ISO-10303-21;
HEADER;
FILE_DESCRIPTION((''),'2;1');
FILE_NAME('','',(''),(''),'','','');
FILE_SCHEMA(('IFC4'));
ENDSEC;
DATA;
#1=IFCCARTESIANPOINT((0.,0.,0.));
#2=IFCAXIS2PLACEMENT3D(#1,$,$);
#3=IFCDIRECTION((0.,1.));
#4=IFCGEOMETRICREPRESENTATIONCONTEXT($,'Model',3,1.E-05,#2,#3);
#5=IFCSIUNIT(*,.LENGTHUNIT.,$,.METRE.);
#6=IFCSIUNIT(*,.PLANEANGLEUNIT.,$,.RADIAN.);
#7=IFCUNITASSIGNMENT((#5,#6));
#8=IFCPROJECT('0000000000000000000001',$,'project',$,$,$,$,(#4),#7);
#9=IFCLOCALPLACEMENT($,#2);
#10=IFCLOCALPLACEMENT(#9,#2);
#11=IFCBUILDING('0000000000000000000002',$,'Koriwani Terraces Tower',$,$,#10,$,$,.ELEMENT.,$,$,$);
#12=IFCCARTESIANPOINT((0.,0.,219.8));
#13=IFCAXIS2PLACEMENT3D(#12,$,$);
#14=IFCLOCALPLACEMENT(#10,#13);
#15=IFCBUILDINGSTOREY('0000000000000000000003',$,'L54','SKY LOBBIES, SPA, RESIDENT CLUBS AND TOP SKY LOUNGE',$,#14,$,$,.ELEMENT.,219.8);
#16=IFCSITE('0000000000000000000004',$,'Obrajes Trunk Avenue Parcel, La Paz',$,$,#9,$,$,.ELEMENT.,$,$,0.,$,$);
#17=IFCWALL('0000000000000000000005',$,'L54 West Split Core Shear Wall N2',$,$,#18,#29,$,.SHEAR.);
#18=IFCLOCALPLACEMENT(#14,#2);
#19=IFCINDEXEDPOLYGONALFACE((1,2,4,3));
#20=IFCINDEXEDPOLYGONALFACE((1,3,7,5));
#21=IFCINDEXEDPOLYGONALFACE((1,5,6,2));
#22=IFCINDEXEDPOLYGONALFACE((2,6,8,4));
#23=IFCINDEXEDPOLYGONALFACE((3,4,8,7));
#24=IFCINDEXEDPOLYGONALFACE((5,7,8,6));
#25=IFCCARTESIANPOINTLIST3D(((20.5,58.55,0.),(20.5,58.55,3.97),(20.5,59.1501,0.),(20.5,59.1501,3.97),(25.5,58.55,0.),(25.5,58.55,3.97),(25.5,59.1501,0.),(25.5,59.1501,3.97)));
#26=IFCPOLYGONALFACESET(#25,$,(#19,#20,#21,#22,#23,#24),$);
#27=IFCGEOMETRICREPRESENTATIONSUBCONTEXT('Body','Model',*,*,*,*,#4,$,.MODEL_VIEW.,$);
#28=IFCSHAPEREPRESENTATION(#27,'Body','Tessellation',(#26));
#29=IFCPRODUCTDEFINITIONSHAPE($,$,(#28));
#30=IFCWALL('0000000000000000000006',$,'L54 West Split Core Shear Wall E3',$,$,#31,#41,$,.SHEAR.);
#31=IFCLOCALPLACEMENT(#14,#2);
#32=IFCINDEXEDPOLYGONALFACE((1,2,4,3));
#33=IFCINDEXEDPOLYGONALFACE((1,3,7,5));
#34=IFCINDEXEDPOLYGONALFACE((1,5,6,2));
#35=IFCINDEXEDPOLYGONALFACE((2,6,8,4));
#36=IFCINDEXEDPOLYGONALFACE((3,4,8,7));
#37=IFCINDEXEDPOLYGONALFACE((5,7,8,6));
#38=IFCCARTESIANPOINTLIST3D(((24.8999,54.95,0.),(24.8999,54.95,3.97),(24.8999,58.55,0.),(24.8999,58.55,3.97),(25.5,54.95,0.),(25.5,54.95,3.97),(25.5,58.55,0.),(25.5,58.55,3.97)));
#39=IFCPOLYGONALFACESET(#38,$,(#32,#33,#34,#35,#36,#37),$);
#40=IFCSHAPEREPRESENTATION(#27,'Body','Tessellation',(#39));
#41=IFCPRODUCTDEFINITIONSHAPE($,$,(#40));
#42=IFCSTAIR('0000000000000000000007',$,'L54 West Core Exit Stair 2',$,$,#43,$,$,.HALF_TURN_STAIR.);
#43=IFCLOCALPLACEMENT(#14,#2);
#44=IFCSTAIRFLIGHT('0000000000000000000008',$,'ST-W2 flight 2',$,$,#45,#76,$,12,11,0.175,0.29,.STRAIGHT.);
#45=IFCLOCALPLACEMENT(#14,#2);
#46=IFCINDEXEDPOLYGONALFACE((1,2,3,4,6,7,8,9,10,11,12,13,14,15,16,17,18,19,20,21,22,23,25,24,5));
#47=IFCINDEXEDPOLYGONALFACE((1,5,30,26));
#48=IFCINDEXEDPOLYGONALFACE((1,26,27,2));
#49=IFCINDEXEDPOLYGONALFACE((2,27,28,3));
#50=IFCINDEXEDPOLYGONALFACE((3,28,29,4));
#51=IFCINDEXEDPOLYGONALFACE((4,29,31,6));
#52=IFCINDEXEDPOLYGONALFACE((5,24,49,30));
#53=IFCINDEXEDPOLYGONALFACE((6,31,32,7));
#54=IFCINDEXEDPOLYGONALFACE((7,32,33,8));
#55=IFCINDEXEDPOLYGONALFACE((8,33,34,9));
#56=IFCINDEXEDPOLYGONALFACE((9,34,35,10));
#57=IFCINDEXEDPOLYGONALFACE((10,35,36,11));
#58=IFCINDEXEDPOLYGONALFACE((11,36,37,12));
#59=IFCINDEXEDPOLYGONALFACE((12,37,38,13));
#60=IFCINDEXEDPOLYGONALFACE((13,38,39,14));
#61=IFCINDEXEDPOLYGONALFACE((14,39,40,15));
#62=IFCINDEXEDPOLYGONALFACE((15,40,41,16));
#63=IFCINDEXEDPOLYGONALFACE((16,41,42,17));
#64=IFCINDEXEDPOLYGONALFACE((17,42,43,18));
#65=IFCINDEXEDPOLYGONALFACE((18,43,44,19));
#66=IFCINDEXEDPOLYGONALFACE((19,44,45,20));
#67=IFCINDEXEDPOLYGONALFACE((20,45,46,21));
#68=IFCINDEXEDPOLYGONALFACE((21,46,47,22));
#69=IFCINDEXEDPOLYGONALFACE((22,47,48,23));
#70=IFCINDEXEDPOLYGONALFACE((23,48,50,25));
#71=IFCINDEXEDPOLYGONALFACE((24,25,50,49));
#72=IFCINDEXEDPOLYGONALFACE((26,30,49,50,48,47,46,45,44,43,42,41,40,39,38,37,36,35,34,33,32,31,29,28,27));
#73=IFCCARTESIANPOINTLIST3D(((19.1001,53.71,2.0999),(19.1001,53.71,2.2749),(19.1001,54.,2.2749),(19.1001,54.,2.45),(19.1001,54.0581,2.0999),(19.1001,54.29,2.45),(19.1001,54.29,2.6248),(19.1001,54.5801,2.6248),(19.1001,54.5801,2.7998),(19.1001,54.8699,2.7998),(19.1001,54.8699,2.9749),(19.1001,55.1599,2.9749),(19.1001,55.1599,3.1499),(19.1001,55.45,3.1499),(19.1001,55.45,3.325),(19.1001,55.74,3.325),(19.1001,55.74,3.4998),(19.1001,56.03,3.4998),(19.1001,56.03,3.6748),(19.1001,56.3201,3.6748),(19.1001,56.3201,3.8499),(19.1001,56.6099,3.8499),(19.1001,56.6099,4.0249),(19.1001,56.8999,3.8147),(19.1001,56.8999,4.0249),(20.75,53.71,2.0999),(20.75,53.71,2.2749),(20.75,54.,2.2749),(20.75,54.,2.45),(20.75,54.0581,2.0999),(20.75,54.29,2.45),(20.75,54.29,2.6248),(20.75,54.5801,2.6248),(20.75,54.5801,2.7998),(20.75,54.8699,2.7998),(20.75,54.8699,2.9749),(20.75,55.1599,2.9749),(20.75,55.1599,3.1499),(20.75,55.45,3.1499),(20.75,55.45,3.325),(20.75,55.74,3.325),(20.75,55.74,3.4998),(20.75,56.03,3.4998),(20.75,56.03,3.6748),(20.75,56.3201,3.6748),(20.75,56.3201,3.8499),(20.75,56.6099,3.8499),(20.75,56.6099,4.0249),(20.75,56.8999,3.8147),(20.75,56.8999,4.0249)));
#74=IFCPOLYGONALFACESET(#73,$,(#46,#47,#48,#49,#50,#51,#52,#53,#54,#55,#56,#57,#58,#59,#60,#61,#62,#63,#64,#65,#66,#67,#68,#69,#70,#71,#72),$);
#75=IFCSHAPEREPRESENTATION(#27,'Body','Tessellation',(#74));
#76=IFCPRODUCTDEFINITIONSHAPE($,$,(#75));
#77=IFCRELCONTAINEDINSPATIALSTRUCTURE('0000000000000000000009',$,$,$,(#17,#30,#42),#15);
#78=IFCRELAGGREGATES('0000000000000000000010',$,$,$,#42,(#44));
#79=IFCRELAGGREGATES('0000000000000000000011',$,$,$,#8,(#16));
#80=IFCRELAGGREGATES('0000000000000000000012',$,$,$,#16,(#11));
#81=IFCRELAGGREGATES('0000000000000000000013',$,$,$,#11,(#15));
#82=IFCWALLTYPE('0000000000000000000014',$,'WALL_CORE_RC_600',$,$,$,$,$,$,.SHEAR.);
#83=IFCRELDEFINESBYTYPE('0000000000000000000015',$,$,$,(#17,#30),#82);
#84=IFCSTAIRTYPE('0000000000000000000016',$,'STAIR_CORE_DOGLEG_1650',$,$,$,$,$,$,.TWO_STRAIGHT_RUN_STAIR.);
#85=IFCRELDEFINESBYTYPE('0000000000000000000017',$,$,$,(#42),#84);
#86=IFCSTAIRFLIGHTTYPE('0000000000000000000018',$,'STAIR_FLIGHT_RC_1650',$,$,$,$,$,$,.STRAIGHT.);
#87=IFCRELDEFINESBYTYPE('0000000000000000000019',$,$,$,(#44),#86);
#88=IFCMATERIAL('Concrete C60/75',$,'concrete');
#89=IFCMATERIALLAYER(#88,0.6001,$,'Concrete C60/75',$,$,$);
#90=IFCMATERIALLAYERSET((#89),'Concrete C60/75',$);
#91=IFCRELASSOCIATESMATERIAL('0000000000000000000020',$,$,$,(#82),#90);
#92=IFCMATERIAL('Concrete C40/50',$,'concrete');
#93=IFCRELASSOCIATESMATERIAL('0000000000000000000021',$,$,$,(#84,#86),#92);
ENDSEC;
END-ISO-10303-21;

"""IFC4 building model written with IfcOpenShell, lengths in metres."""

from ifc_helpers import new_model, si_unit, direction, frame, frame_2d, origin, place, context, subcontext, project, spatial, polyline, rectangle, outline, extrude, material, layer, layer_set, type_object, element, aggregate, save


model = new_model("IFC4")

# Units and contexts
model_context = context("Model", 3, precision=1e-05, world=origin(), true_north=direction((0.0, 1.0)))
body_context = subcontext(model_context, "Body", "Model", "MODEL_VIEW")
ifc_project = project(units=[si_unit("LENGTHUNIT", "METRE"), si_unit("PLANEANGLEUNIT", "RADIAN")], contexts=[model_context])

# Site, building, storey
site_placement = place(None, origin())
site = spatial("IfcSite", under=ifc_project, at=site_placement, Name="Obrajes Trunk Avenue Parcel, La Paz", CompositionType="ELEMENT", RefElevation=0.0)
building_placement = place(site_placement, origin())
building = spatial("IfcBuilding", under=site, at=building_placement, Name="Koriwani Terraces Tower", CompositionType="ELEMENT")
storey_placement = place(building_placement, frame((0.0, 0.0, 219.8)))
storey = spatial("IfcBuildingStorey", under=building, at=storey_placement, Name="L54", Description="SKY LOBBIES, SPA, RESIDENT CLUBS AND TOP SKY LOUNGE", CompositionType="ELEMENT", Elevation=219.8)

# Walls
ifc_material_1 = material(Name="Concrete C60/75", Category="concrete")
ifc_layer_1 = layer(ifc_material_1, 0.6001, Name="Concrete C60/75")
ifc_layer_set_1 = layer_set([ifc_layer_1], Name="Concrete C60/75")
wall_type_1 = type_object("IfcWallType", Name="WALL_CORE_RC_600", PredefinedType="SHEAR", material=ifc_layer_set_1)
wall_1_placement = place(storey_placement, frame((20.5, 58.8501, 0.0), z_axis=(0.0, 0.0, 1.0), x_axis=(1.0, 0.0, 0.0)))
element("IfcWall", 1, at=wall_1_placement, inside=storey, type_object=wall_type_1, Name="L54 West Split Core Shear Wall N2", PredefinedType="SHEAR", context=body_context, shape_type="SweptSolid", body=[
    extrude(rectangle(XDim=5.0, YDim=0.6001, at=frame_2d((2.5, 0.0))), origin(), (0.0, 0.0, 1.0), 3.97),
])
wall_2_placement = place(storey_placement, frame((25.2, 54.95, 0.0), z_axis=(0.0, 0.0, 1.0), x_axis=(0.0, 1.0, 0.0)))
element("IfcWall", 2, at=wall_2_placement, inside=storey, type_object=wall_type_1, Name="L54 West Split Core Shear Wall E3", PredefinedType="SHEAR", context=body_context, shape_type="SweptSolid", body=[
    extrude(rectangle(XDim=3.6001, YDim=0.6001, at=frame_2d((1.8, 0.0))), origin(), (0.0, 0.0, 1.0), 3.97),
])

# Shared definitions
ifc_material_2 = material(Name="Concrete C40/50", Category="concrete")

# Stair, stair flight
stair_type = type_object("IfcStairType", Name="STAIR_CORE_DOGLEG_1650", PredefinedType="TWO_STRAIGHT_RUN_STAIR", material=ifc_material_2)
stair_placement = place(storey_placement, origin())
stair = element("IfcStair", 3, at=stair_placement, inside=storey, type_object=stair_type, Name="L54 West Core Exit Stair 2", PredefinedType="HALF_TURN_STAIR")
stair_flight_type = type_object("IfcStairFlightType", Name="STAIR_FLIGHT_RC_1650", PredefinedType="STRAIGHT", material=ifc_material_2)
stair_flight_placement = place(storey_placement, frame((19.925, 53.71, 2.0999), z_axis=(0.0, 0.0, 1.0), x_axis=(0.0, 1.0, 0.0)))
stair_flight = element("IfcStairFlight", 4, at=stair_flight_placement, type_object=stair_flight_type, Name="ST-W2 flight 2", NumberOfRisers=12, NumberOfTreads=11, PredefinedType="STRAIGHT", RiserHeight=0.175, TreadLength=0.29, context=body_context, shape_type="SweptSolid", body=[
    extrude(outline(polyline([(0.0, 0.0), (0.0, 0.175), (0.29, 0.175), (0.29, 0.3501), (0.5801, 0.3501), (0.5801, 0.5249), (0.8701, 0.5249), (0.8701, 0.7), (1.1599, 0.7), (1.1599, 0.875), (1.45, 0.875), (1.45, 1.05), (1.74, 1.05), (1.74, 1.2251), (2.03, 1.2251), (2.03, 1.3999), (2.3201, 1.3999), (2.3201, 1.575), (2.6101, 1.575), (2.6101, 1.75), (2.8999, 1.75), (2.8999, 1.925), (3.1899, 1.925), (3.1899, 2.1001), (3.1899, 1.7148), (0.3481, 0.0), (0.0, 0.0)])), frame((0.0, 0.825, 0.0), z_axis=(0.0, -1.0, 0.0), x_axis=(1.0, 0.0, 0.0)), (0.0, 0.0, 1.0), 1.6499),
])
aggregate(stair, [stair_flight])

save(model, "model.ifc")
